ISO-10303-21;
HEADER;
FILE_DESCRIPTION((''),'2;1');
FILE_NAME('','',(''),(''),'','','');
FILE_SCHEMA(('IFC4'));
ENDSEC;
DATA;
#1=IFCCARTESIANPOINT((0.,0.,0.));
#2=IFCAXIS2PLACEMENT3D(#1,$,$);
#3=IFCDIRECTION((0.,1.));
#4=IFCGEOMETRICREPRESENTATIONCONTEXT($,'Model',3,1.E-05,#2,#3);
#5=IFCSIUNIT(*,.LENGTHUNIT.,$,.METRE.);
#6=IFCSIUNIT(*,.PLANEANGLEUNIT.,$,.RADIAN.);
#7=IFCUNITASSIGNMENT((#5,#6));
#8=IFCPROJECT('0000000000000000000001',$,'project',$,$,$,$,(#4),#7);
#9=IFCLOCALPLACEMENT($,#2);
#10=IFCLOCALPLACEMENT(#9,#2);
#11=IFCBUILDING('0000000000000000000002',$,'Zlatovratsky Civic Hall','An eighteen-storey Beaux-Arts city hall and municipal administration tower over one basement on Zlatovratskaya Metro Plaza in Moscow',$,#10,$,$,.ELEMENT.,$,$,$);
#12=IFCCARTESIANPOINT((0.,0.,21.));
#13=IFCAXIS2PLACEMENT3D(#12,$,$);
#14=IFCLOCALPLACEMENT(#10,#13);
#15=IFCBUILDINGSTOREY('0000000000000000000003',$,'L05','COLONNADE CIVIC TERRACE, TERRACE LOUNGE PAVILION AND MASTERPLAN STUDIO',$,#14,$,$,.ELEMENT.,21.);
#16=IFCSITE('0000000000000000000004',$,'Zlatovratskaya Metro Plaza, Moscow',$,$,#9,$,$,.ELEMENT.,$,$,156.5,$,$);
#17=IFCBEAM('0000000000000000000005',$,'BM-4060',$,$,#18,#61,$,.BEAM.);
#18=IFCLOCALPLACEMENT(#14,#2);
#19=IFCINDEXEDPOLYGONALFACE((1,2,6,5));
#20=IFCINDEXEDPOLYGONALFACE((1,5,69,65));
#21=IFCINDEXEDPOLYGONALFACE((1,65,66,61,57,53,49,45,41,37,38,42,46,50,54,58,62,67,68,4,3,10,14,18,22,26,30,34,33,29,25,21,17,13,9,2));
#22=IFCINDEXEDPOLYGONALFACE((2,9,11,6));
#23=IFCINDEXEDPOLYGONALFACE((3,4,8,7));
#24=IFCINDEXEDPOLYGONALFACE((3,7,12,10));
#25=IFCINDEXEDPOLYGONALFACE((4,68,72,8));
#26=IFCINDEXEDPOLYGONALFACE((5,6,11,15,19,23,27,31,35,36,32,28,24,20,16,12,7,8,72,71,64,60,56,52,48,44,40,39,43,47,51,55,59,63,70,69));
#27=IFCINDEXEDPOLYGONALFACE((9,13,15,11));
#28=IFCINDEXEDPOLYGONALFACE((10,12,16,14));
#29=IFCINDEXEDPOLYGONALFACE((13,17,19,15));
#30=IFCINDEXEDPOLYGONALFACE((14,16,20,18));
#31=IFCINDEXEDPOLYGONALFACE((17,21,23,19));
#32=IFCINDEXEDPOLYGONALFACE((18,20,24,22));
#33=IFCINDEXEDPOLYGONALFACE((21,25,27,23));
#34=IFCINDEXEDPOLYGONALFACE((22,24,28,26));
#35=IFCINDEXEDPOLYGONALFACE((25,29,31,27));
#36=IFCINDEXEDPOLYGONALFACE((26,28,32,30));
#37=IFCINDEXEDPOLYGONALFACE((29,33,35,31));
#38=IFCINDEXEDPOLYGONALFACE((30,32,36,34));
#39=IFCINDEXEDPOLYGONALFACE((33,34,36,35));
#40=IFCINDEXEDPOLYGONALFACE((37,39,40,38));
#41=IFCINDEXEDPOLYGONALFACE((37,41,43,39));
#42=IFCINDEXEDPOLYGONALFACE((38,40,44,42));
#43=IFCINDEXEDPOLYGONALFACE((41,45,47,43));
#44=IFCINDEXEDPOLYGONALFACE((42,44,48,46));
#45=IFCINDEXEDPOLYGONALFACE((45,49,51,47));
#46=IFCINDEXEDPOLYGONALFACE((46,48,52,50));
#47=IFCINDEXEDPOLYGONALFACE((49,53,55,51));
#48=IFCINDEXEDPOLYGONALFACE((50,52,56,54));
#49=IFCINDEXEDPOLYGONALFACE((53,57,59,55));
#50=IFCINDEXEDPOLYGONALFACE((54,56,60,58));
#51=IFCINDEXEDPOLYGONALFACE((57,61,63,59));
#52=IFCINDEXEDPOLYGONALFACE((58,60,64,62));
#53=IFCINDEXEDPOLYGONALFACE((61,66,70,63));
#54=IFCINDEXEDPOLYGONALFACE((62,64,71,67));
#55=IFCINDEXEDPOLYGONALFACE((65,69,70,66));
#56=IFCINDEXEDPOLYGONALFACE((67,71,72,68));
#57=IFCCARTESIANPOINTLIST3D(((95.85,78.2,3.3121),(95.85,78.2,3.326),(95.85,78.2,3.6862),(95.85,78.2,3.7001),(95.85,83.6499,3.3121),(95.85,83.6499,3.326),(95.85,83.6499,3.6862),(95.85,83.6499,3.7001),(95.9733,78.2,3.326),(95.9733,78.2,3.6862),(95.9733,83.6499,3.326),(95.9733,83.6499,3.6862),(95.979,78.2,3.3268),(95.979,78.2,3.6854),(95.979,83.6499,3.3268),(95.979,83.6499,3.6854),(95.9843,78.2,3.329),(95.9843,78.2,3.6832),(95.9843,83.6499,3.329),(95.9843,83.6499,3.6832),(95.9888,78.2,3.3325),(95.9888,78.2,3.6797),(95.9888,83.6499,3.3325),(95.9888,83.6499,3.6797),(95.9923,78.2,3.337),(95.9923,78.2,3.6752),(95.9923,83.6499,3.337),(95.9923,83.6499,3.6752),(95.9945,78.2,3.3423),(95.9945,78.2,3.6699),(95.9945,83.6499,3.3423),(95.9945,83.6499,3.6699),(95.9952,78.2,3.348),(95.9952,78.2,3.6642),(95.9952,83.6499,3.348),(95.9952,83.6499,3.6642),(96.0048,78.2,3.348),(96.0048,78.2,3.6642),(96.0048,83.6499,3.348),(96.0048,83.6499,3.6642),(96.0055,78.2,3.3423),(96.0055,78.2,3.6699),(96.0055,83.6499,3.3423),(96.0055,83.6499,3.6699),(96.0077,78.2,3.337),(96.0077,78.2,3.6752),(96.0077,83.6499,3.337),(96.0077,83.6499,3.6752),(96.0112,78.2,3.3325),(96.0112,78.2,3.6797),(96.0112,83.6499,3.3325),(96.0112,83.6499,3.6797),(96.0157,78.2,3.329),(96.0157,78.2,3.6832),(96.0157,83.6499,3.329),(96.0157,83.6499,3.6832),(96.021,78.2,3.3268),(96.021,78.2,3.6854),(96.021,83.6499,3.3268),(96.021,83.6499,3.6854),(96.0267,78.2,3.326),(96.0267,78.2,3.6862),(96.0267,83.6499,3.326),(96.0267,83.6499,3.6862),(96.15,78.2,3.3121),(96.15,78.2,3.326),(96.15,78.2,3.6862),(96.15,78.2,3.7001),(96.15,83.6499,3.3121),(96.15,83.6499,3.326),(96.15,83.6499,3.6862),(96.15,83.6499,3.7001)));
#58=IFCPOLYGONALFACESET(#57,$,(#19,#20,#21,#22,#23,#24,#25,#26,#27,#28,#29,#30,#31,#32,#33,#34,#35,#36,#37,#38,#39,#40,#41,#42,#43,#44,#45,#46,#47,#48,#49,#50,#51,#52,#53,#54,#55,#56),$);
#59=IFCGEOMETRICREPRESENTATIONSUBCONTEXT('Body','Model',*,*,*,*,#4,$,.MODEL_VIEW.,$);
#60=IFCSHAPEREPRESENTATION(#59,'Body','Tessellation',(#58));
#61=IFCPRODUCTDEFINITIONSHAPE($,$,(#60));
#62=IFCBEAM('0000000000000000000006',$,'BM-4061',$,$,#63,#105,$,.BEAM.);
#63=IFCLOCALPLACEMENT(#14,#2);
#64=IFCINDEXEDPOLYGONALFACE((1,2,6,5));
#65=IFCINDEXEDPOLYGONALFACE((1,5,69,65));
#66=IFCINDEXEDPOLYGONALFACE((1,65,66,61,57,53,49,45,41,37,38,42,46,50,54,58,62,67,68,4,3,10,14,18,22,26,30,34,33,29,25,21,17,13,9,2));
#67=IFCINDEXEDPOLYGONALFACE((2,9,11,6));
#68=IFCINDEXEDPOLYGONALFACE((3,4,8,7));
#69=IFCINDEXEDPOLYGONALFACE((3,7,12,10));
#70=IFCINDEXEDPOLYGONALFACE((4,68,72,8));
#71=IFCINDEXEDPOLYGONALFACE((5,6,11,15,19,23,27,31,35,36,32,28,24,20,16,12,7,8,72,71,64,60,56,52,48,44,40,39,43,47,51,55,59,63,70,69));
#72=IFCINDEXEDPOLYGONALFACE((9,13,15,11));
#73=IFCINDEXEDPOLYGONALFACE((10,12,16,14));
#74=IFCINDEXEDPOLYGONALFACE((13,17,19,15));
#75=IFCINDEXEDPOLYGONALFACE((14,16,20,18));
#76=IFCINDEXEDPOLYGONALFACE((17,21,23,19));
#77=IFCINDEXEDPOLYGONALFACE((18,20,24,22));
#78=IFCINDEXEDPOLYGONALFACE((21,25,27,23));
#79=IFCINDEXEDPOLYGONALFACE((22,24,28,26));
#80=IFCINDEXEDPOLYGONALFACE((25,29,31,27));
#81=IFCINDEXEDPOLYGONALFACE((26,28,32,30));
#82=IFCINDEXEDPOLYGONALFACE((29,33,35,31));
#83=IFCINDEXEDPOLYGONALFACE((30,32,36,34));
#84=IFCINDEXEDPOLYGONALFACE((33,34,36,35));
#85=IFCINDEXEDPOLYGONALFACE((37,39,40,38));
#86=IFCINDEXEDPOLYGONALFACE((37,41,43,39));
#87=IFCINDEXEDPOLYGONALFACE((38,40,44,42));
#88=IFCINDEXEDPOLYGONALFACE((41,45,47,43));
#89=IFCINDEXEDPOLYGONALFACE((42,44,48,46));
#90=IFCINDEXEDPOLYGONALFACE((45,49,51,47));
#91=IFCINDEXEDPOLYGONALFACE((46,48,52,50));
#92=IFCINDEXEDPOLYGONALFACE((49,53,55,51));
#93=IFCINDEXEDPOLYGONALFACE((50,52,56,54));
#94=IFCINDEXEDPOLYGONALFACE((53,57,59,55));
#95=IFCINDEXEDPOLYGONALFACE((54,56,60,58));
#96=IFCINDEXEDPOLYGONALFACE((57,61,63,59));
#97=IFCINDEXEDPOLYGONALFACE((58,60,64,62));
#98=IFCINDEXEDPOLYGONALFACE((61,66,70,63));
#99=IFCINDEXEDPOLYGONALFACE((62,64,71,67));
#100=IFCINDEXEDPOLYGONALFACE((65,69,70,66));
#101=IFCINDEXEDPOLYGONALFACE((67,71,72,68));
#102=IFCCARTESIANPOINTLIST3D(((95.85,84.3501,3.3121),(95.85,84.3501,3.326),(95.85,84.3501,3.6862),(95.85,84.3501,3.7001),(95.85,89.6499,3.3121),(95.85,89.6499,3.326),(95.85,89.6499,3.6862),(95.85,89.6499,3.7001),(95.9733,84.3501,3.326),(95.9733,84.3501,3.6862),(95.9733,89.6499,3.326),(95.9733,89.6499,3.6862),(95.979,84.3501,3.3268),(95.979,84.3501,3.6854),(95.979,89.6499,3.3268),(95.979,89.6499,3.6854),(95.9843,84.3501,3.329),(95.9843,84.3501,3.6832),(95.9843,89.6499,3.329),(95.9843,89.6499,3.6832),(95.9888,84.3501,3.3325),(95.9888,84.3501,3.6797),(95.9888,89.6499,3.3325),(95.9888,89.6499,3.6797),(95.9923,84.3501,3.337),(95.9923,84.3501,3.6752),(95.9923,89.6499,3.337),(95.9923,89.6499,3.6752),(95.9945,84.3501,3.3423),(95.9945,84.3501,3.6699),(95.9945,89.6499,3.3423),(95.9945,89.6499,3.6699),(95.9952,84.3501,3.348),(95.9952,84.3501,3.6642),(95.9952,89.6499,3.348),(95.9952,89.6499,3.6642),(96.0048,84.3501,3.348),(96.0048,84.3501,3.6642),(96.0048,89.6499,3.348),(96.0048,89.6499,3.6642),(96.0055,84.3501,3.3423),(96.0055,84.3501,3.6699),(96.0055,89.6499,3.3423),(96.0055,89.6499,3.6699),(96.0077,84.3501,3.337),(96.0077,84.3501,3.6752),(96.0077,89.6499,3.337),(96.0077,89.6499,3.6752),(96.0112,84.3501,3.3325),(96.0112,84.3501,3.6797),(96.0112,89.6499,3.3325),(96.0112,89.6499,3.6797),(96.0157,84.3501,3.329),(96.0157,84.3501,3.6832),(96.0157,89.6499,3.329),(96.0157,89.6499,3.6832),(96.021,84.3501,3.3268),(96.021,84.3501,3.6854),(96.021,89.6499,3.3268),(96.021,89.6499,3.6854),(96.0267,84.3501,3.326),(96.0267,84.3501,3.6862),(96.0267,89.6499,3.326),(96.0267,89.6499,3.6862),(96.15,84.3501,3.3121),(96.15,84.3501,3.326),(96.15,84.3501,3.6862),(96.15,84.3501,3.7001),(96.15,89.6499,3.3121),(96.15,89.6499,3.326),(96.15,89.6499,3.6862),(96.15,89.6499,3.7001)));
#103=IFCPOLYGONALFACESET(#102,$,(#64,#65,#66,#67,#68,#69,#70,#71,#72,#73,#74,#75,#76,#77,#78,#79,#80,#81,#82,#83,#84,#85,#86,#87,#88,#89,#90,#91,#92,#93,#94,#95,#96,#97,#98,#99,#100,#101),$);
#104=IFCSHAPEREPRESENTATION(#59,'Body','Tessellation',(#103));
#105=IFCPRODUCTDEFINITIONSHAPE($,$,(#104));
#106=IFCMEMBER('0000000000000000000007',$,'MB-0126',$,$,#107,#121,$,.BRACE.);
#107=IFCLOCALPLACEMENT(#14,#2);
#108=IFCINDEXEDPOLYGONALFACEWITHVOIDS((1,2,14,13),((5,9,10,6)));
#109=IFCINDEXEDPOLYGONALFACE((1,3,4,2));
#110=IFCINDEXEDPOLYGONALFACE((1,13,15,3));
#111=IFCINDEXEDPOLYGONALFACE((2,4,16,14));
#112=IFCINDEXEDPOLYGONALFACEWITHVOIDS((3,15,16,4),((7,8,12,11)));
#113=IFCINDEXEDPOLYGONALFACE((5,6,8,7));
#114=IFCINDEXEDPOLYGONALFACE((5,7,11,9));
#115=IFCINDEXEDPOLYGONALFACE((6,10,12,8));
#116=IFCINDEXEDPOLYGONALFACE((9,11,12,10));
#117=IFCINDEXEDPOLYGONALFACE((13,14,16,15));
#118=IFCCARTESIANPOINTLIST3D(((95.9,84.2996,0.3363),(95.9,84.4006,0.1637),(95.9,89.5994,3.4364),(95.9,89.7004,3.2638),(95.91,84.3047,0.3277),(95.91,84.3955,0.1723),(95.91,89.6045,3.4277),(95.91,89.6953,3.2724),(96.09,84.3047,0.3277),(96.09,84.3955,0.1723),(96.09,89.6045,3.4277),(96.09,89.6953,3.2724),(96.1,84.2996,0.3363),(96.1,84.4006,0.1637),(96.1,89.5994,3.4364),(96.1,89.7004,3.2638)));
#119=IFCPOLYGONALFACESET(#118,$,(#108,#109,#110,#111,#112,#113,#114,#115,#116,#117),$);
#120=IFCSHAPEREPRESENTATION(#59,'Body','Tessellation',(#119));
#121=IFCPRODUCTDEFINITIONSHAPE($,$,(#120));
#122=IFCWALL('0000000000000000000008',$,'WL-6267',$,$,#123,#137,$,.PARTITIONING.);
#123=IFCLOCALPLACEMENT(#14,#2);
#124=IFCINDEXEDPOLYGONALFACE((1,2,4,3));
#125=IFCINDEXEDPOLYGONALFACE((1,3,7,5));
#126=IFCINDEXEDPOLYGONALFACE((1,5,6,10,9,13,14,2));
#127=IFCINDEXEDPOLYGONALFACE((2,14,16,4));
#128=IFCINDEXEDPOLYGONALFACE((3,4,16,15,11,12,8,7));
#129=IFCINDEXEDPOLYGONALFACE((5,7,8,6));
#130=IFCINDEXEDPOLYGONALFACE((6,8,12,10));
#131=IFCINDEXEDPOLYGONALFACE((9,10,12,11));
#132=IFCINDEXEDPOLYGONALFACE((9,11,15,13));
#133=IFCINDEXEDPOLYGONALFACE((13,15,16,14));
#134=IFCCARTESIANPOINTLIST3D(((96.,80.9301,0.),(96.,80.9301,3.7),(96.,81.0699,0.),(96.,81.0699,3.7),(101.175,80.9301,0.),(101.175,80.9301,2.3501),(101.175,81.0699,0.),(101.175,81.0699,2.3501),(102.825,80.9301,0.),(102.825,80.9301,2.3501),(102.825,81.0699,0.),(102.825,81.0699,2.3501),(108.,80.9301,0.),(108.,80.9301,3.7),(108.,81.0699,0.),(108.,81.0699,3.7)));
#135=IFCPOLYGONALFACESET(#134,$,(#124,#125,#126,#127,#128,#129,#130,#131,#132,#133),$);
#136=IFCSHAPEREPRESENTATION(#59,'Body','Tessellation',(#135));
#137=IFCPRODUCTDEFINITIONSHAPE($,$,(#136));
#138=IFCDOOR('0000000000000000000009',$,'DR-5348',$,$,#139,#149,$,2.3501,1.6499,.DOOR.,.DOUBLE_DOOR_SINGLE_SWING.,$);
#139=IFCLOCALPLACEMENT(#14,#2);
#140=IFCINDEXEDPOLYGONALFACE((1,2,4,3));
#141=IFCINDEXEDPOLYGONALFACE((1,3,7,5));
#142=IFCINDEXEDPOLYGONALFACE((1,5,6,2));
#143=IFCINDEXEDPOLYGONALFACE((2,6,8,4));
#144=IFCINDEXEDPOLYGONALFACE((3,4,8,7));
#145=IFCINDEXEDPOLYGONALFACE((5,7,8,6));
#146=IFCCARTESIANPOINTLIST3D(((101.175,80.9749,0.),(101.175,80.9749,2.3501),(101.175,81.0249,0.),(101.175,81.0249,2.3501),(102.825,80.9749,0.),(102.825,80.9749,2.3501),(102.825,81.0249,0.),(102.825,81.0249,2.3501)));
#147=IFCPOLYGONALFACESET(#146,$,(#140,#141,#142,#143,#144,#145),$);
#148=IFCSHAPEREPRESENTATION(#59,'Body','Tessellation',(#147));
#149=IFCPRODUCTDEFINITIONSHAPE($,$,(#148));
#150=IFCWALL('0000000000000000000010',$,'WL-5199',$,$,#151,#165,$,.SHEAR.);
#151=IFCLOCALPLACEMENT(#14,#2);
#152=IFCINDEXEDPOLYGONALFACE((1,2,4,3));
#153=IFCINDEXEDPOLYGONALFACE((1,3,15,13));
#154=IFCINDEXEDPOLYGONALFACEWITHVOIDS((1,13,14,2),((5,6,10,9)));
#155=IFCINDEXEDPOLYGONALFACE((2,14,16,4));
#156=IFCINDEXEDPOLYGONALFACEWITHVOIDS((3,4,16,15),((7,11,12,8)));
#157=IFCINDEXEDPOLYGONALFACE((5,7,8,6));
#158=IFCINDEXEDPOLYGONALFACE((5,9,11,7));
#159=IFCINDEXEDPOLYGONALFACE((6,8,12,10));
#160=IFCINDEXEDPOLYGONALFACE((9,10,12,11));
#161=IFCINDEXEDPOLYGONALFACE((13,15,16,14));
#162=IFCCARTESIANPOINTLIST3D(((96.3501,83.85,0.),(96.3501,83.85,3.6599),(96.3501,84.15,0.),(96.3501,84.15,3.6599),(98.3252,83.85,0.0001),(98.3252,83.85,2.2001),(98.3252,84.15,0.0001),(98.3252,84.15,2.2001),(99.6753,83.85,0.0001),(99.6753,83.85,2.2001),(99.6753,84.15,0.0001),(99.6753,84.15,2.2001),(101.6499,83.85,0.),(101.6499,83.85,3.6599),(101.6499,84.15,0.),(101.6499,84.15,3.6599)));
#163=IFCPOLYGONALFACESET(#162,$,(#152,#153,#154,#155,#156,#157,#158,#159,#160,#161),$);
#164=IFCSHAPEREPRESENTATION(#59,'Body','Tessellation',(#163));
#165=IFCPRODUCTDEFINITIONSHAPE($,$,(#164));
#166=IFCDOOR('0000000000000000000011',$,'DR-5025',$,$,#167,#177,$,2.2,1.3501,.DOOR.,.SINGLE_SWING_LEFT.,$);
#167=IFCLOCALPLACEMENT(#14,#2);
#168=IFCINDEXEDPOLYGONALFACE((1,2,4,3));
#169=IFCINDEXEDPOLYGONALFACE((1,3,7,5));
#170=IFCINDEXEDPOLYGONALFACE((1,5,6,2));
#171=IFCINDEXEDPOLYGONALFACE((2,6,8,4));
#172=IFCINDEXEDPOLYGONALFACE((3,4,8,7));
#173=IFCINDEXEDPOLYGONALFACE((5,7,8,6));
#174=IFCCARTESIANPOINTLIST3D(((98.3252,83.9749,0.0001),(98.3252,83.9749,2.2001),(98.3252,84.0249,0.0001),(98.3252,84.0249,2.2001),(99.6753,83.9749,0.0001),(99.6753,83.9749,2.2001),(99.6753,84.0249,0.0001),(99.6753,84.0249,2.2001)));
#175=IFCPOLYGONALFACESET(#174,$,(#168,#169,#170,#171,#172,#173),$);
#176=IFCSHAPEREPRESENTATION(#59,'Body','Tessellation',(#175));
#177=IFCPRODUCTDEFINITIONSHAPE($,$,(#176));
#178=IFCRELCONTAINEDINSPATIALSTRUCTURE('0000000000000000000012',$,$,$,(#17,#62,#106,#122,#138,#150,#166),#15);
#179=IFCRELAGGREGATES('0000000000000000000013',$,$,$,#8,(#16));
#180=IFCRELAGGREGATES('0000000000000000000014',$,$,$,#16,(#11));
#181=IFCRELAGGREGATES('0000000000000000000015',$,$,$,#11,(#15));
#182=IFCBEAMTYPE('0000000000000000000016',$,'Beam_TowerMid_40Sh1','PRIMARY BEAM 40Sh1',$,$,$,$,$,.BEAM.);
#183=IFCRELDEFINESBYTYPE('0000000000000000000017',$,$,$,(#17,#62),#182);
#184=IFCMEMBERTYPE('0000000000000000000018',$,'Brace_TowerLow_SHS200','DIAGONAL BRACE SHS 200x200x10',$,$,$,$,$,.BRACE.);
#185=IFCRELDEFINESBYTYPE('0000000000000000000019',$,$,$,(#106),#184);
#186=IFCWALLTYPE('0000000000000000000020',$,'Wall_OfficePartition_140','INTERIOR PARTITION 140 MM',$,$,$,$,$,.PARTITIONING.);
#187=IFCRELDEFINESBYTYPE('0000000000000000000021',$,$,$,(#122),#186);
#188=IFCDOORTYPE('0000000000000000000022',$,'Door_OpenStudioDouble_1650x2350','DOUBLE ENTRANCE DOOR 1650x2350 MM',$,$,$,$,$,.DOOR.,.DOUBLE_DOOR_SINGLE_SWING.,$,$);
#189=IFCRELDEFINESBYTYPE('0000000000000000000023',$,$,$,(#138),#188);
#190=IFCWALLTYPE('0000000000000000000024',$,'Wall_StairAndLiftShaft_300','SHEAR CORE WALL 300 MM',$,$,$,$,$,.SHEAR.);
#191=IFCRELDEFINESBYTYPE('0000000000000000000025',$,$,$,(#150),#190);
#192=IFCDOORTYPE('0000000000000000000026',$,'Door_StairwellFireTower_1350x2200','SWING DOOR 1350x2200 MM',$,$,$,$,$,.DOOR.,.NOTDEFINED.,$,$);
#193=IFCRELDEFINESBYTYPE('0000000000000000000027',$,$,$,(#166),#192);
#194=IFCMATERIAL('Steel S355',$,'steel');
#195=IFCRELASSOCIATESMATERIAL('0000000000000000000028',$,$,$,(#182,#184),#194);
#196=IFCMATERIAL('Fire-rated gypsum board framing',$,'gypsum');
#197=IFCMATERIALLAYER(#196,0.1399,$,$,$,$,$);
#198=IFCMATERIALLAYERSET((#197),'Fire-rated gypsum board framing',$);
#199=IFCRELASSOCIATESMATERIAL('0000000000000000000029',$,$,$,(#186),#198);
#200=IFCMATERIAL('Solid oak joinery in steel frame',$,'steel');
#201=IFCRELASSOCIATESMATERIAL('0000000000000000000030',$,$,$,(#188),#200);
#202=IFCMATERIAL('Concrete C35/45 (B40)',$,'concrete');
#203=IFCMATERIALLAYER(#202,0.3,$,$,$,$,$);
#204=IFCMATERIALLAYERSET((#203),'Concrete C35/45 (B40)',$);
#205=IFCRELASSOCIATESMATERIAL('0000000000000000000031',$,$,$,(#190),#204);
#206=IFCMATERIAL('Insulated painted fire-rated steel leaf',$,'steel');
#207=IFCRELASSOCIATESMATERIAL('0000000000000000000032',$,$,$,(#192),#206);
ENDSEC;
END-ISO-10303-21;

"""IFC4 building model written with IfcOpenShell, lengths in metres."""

from ifc_helpers import new_model, si_unit, direction, frame, frame_2d, origin, origin_2d, place, context, subcontext, project, spatial, rectangle, hollow_rectangle, i_section, extrude, material, layer, layer_set, material_profile, profile_set, type_object, element, fill, save


model = new_model("IFC4")

# Units and contexts
model_context = context("Model", 3, precision=1e-05, world=origin(), true_north=direction((0.0, 1.0)))
body_context = subcontext(model_context, "Body", "Model", "MODEL_VIEW")
ifc_project = project(units=[si_unit("LENGTHUNIT", "METRE"), si_unit("PLANEANGLEUNIT", "RADIAN")], contexts=[model_context])

# Site, building, storey
site_placement = place(None, origin())
site = spatial("IfcSite", under=ifc_project, at=site_placement, Name="Zlatovratskaya Metro Plaza, Moscow", CompositionType="ELEMENT", RefElevation=156.5)
building_placement = place(site_placement, origin())
building = spatial("IfcBuilding", under=site, at=building_placement, Name="Zlatovratsky Civic Hall", Description="An eighteen-storey Beaux-Arts city hall and municipal administration tower over one basement on Zlatovratskaya Metro Plaza in Moscow", CompositionType="ELEMENT")
storey_placement = place(building_placement, frame((0.0, 0.0, 21.0)))
storey = spatial("IfcBuildingStorey", under=building, at=storey_placement, Name="L05", Description="COLONNADE CIVIC TERRACE, TERRACE LOUNGE PAVILION AND MASTERPLAN STUDIO", CompositionType="ELEMENT", Elevation=21.0)

# Shared definitions
ifc_material_1 = material(Name="Concrete C35/45 (B40)", Category="concrete")
ifc_material_2 = material(Name="Steel S355", Category="steel")

# Beams
ifc_material_profile_1 = material_profile(ifc_material_2, i_section(OverallWidth=0.3, OverallDepth=0.3879, WebThickness=0.0095, FlangeThickness=0.0139, FilletRadius=0.022, at=origin_2d()), Name="40Sh1")
ifc_profile_set_1 = profile_set([ifc_material_profile_1], Name="Steel S355")
beam_type = type_object("IfcBeamType", Name="Beam_TowerMid_40Sh1", Description="PRIMARY BEAM 40Sh1", PredefinedType="BEAM", material=ifc_profile_set_1)
beam_1_placement = place(storey_placement, frame((96.0, 78.2, 3.5061), z_axis=(0.0, 1.0, 0.0), x_axis=(-1.0, 0.0, 0.0)))
element("IfcBeam", 1, at=beam_1_placement, inside=storey, type_object=beam_type, Name="BM-4060", PredefinedType="BEAM", context=body_context, shape_type="SweptSolid", body=[
    extrude(i_section(OverallWidth=0.3, OverallDepth=0.3879, WebThickness=0.0095, FlangeThickness=0.0139, FilletRadius=0.022, at=origin_2d()), origin(), (0.0, 0.0, 1.0), 5.45),
])
beam_2_placement = place(storey_placement, frame((96.0, 84.3501, 3.5061), z_axis=(0.0, 1.0, 0.0), x_axis=(-1.0, 0.0, 0.0)))
element("IfcBeam", 2, at=beam_2_placement, inside=storey, type_object=beam_type, Name="BM-4061", PredefinedType="BEAM", context=body_context, shape_type="SweptSolid", body=[
    extrude(i_section(OverallWidth=0.3, OverallDepth=0.3879, WebThickness=0.0095, FlangeThickness=0.0139, FilletRadius=0.022, at=origin_2d()), origin(), (0.0, 0.0, 1.0), 5.2998),
])

# Member
ifc_material_profile_2 = material_profile(ifc_material_2, hollow_rectangle(XDim=0.2, YDim=0.2, WallThickness=0.01, at=origin_2d()), Name="SHS 200x200x10")
ifc_profile_set_2 = profile_set([ifc_material_profile_2], Name="Steel S355")
member_type = type_object("IfcMemberType", Name="Brace_TowerLow_SHS200", Description="DIAGONAL BRACE SHS 200x200x10", PredefinedType="BRACE", material=ifc_profile_set_2)
member_placement = place(storey_placement, frame((96.0, 84.3501, 0.25), z_axis=(0.0, 0.863173, 0.504909), x_axis=(-1.0, 0.0, 0.0)))
element("IfcMember", 3, at=member_placement, inside=storey, type_object=member_type, Name="MB-0126", PredefinedType="BRACE", context=body_context, shape_type="SweptSolid", body=[
    extrude(hollow_rectangle(XDim=0.2, YDim=0.2, WallThickness=0.01, at=origin_2d()), origin(), (0.0, 0.0, 1.0), 6.1399),
])

# Walls, openings, doors
ifc_material_3 = material(Name="Fire-rated gypsum board framing", Category="gypsum")
ifc_layer_1 = layer(ifc_material_3, 0.1399)
ifc_layer_set_1 = layer_set([ifc_layer_1], Name="Fire-rated gypsum board framing")
wall_type_1 = type_object("IfcWallType", Name="Wall_OfficePartition_140", Description="INTERIOR PARTITION 140 MM", PredefinedType="PARTITIONING", material=ifc_layer_set_1)
wall_1_placement = place(storey_placement, frame((96.0, 81.0, 0.0), z_axis=(0.0, 0.0, 1.0), x_axis=(1.0, 0.0, 0.0)))
wall_1 = element("IfcWall", 4, at=wall_1_placement, inside=storey, type_object=wall_type_1, Name="WL-6267", PredefinedType="PARTITIONING", context=body_context, shape_type="SweptSolid", body=[
    extrude(rectangle(XDim=12.0, YDim=0.1399, at=frame_2d((6.0, 0.0))), origin(), (0.0, 0.0, 1.0), 3.7),
])
opening_1_placement = place(wall_1_placement, frame((5.175, 0.0, 0.0)))
opening_1 = element("IfcOpeningElement", 5, at=opening_1_placement, cuts=wall_1, PredefinedType="OPENING", context=body_context, shape_type="SweptSolid", body=[
    extrude(rectangle(XDim=1.6499, YDim=2.3501, at=frame_2d((0.825, 1.175))), frame((0.0, 0.085, 0.0), z_axis=(0.0, -1.0, 0.0), x_axis=(1.0, 0.0, 0.0)), (0.0, 0.0, 1.0), 0.1697),
])
ifc_material_4 = material(Name="Solid oak joinery in steel frame", Category="steel")
door_type_1 = type_object("IfcDoorType", Name="Door_OpenStudioDouble_1650x2350", Description="DOUBLE ENTRANCE DOOR 1650x2350 MM", OperationType="DOUBLE_DOOR_SINGLE_SWING", PredefinedType="DOOR", material=ifc_material_4)
door_1_placement = place(opening_1_placement, origin())
door_1 = element("IfcDoor", 6, at=door_1_placement, inside=storey, type_object=door_type_1, Name="DR-5348", OperationType="DOUBLE_DOOR_SINGLE_SWING", OverallHeight=2.3501, OverallWidth=1.6499, PredefinedType="DOOR", context=body_context, shape_type="SweptSolid", body=[
    extrude(rectangle(XDim=1.6499, YDim=2.3501, at=frame_2d((0.825, 1.175))), frame((0.0, 0.0249, 0.0), z_axis=(0.0, -1.0, 0.0), x_axis=(1.0, 0.0, 0.0)), (0.0, 0.0, 1.0), 0.05),
])
fill(opening_1, door_1)
ifc_material_5 = material(Name="Insulated painted fire-rated steel leaf", Category="steel")
ifc_layer_2 = layer(ifc_material_1, 0.3)
ifc_layer_set_2 = layer_set([ifc_layer_2], Name="Concrete C35/45 (B40)")
wall_type_2 = type_object("IfcWallType", Name="Wall_StairAndLiftShaft_300", Description="SHEAR CORE WALL 300 MM", PredefinedType="SHEAR", material=ifc_layer_set_2)
wall_2_placement = place(storey_placement, frame((96.3501, 84.0, 0.0), z_axis=(0.0, 0.0, 1.0), x_axis=(1.0, 0.0, 0.0)))
wall_2 = element("IfcWall", 7, at=wall_2_placement, inside=storey, type_object=wall_type_2, Name="WL-5199", PredefinedType="SHEAR", context=body_context, shape_type="SweptSolid", body=[
    extrude(rectangle(XDim=5.2998, YDim=0.3, at=frame_2d((2.6499, 0.0))), origin(), (0.0, 0.0, 1.0), 3.6599),
])
opening_2_placement = place(wall_2_placement, frame((1.9751, 0.0, 0.0)))
opening_2 = element("IfcOpeningElement", 8, at=opening_2_placement, cuts=wall_2, PredefinedType="OPENING", context=body_context, shape_type="SweptSolid", body=[
    extrude(rectangle(XDim=1.3501, YDim=2.2, at=frame_2d((0.675, 1.1001))), frame((0.0, 0.165, 0.0), z_axis=(0.0, -1.0, 0.0), x_axis=(1.0, 0.0, 0.0)), (0.0, 0.0, 1.0), 0.3298),
])
door_type_2 = type_object("IfcDoorType", Name="Door_StairwellFireTower_1350x2200", Description="SWING DOOR 1350x2200 MM", OperationType="NOTDEFINED", PredefinedType="DOOR", material=ifc_material_5)
door_2_placement = place(opening_2_placement, origin())
door_2 = element("IfcDoor", 9, at=door_2_placement, inside=storey, type_object=door_type_2, Name="DR-5025", OperationType="SINGLE_SWING_LEFT", OverallHeight=2.2, OverallWidth=1.3501, PredefinedType="DOOR", context=body_context, shape_type="SweptSolid", body=[
    extrude(rectangle(XDim=1.3501, YDim=2.2, at=frame_2d((0.675, 1.1001))), frame((0.0, 0.0249, 0.0), z_axis=(0.0, -1.0, 0.0), x_axis=(1.0, 0.0, 0.0)), (0.0, 0.0, 1.0), 0.05),
])
fill(opening_2, door_2)

save(model, "model.ifc")
